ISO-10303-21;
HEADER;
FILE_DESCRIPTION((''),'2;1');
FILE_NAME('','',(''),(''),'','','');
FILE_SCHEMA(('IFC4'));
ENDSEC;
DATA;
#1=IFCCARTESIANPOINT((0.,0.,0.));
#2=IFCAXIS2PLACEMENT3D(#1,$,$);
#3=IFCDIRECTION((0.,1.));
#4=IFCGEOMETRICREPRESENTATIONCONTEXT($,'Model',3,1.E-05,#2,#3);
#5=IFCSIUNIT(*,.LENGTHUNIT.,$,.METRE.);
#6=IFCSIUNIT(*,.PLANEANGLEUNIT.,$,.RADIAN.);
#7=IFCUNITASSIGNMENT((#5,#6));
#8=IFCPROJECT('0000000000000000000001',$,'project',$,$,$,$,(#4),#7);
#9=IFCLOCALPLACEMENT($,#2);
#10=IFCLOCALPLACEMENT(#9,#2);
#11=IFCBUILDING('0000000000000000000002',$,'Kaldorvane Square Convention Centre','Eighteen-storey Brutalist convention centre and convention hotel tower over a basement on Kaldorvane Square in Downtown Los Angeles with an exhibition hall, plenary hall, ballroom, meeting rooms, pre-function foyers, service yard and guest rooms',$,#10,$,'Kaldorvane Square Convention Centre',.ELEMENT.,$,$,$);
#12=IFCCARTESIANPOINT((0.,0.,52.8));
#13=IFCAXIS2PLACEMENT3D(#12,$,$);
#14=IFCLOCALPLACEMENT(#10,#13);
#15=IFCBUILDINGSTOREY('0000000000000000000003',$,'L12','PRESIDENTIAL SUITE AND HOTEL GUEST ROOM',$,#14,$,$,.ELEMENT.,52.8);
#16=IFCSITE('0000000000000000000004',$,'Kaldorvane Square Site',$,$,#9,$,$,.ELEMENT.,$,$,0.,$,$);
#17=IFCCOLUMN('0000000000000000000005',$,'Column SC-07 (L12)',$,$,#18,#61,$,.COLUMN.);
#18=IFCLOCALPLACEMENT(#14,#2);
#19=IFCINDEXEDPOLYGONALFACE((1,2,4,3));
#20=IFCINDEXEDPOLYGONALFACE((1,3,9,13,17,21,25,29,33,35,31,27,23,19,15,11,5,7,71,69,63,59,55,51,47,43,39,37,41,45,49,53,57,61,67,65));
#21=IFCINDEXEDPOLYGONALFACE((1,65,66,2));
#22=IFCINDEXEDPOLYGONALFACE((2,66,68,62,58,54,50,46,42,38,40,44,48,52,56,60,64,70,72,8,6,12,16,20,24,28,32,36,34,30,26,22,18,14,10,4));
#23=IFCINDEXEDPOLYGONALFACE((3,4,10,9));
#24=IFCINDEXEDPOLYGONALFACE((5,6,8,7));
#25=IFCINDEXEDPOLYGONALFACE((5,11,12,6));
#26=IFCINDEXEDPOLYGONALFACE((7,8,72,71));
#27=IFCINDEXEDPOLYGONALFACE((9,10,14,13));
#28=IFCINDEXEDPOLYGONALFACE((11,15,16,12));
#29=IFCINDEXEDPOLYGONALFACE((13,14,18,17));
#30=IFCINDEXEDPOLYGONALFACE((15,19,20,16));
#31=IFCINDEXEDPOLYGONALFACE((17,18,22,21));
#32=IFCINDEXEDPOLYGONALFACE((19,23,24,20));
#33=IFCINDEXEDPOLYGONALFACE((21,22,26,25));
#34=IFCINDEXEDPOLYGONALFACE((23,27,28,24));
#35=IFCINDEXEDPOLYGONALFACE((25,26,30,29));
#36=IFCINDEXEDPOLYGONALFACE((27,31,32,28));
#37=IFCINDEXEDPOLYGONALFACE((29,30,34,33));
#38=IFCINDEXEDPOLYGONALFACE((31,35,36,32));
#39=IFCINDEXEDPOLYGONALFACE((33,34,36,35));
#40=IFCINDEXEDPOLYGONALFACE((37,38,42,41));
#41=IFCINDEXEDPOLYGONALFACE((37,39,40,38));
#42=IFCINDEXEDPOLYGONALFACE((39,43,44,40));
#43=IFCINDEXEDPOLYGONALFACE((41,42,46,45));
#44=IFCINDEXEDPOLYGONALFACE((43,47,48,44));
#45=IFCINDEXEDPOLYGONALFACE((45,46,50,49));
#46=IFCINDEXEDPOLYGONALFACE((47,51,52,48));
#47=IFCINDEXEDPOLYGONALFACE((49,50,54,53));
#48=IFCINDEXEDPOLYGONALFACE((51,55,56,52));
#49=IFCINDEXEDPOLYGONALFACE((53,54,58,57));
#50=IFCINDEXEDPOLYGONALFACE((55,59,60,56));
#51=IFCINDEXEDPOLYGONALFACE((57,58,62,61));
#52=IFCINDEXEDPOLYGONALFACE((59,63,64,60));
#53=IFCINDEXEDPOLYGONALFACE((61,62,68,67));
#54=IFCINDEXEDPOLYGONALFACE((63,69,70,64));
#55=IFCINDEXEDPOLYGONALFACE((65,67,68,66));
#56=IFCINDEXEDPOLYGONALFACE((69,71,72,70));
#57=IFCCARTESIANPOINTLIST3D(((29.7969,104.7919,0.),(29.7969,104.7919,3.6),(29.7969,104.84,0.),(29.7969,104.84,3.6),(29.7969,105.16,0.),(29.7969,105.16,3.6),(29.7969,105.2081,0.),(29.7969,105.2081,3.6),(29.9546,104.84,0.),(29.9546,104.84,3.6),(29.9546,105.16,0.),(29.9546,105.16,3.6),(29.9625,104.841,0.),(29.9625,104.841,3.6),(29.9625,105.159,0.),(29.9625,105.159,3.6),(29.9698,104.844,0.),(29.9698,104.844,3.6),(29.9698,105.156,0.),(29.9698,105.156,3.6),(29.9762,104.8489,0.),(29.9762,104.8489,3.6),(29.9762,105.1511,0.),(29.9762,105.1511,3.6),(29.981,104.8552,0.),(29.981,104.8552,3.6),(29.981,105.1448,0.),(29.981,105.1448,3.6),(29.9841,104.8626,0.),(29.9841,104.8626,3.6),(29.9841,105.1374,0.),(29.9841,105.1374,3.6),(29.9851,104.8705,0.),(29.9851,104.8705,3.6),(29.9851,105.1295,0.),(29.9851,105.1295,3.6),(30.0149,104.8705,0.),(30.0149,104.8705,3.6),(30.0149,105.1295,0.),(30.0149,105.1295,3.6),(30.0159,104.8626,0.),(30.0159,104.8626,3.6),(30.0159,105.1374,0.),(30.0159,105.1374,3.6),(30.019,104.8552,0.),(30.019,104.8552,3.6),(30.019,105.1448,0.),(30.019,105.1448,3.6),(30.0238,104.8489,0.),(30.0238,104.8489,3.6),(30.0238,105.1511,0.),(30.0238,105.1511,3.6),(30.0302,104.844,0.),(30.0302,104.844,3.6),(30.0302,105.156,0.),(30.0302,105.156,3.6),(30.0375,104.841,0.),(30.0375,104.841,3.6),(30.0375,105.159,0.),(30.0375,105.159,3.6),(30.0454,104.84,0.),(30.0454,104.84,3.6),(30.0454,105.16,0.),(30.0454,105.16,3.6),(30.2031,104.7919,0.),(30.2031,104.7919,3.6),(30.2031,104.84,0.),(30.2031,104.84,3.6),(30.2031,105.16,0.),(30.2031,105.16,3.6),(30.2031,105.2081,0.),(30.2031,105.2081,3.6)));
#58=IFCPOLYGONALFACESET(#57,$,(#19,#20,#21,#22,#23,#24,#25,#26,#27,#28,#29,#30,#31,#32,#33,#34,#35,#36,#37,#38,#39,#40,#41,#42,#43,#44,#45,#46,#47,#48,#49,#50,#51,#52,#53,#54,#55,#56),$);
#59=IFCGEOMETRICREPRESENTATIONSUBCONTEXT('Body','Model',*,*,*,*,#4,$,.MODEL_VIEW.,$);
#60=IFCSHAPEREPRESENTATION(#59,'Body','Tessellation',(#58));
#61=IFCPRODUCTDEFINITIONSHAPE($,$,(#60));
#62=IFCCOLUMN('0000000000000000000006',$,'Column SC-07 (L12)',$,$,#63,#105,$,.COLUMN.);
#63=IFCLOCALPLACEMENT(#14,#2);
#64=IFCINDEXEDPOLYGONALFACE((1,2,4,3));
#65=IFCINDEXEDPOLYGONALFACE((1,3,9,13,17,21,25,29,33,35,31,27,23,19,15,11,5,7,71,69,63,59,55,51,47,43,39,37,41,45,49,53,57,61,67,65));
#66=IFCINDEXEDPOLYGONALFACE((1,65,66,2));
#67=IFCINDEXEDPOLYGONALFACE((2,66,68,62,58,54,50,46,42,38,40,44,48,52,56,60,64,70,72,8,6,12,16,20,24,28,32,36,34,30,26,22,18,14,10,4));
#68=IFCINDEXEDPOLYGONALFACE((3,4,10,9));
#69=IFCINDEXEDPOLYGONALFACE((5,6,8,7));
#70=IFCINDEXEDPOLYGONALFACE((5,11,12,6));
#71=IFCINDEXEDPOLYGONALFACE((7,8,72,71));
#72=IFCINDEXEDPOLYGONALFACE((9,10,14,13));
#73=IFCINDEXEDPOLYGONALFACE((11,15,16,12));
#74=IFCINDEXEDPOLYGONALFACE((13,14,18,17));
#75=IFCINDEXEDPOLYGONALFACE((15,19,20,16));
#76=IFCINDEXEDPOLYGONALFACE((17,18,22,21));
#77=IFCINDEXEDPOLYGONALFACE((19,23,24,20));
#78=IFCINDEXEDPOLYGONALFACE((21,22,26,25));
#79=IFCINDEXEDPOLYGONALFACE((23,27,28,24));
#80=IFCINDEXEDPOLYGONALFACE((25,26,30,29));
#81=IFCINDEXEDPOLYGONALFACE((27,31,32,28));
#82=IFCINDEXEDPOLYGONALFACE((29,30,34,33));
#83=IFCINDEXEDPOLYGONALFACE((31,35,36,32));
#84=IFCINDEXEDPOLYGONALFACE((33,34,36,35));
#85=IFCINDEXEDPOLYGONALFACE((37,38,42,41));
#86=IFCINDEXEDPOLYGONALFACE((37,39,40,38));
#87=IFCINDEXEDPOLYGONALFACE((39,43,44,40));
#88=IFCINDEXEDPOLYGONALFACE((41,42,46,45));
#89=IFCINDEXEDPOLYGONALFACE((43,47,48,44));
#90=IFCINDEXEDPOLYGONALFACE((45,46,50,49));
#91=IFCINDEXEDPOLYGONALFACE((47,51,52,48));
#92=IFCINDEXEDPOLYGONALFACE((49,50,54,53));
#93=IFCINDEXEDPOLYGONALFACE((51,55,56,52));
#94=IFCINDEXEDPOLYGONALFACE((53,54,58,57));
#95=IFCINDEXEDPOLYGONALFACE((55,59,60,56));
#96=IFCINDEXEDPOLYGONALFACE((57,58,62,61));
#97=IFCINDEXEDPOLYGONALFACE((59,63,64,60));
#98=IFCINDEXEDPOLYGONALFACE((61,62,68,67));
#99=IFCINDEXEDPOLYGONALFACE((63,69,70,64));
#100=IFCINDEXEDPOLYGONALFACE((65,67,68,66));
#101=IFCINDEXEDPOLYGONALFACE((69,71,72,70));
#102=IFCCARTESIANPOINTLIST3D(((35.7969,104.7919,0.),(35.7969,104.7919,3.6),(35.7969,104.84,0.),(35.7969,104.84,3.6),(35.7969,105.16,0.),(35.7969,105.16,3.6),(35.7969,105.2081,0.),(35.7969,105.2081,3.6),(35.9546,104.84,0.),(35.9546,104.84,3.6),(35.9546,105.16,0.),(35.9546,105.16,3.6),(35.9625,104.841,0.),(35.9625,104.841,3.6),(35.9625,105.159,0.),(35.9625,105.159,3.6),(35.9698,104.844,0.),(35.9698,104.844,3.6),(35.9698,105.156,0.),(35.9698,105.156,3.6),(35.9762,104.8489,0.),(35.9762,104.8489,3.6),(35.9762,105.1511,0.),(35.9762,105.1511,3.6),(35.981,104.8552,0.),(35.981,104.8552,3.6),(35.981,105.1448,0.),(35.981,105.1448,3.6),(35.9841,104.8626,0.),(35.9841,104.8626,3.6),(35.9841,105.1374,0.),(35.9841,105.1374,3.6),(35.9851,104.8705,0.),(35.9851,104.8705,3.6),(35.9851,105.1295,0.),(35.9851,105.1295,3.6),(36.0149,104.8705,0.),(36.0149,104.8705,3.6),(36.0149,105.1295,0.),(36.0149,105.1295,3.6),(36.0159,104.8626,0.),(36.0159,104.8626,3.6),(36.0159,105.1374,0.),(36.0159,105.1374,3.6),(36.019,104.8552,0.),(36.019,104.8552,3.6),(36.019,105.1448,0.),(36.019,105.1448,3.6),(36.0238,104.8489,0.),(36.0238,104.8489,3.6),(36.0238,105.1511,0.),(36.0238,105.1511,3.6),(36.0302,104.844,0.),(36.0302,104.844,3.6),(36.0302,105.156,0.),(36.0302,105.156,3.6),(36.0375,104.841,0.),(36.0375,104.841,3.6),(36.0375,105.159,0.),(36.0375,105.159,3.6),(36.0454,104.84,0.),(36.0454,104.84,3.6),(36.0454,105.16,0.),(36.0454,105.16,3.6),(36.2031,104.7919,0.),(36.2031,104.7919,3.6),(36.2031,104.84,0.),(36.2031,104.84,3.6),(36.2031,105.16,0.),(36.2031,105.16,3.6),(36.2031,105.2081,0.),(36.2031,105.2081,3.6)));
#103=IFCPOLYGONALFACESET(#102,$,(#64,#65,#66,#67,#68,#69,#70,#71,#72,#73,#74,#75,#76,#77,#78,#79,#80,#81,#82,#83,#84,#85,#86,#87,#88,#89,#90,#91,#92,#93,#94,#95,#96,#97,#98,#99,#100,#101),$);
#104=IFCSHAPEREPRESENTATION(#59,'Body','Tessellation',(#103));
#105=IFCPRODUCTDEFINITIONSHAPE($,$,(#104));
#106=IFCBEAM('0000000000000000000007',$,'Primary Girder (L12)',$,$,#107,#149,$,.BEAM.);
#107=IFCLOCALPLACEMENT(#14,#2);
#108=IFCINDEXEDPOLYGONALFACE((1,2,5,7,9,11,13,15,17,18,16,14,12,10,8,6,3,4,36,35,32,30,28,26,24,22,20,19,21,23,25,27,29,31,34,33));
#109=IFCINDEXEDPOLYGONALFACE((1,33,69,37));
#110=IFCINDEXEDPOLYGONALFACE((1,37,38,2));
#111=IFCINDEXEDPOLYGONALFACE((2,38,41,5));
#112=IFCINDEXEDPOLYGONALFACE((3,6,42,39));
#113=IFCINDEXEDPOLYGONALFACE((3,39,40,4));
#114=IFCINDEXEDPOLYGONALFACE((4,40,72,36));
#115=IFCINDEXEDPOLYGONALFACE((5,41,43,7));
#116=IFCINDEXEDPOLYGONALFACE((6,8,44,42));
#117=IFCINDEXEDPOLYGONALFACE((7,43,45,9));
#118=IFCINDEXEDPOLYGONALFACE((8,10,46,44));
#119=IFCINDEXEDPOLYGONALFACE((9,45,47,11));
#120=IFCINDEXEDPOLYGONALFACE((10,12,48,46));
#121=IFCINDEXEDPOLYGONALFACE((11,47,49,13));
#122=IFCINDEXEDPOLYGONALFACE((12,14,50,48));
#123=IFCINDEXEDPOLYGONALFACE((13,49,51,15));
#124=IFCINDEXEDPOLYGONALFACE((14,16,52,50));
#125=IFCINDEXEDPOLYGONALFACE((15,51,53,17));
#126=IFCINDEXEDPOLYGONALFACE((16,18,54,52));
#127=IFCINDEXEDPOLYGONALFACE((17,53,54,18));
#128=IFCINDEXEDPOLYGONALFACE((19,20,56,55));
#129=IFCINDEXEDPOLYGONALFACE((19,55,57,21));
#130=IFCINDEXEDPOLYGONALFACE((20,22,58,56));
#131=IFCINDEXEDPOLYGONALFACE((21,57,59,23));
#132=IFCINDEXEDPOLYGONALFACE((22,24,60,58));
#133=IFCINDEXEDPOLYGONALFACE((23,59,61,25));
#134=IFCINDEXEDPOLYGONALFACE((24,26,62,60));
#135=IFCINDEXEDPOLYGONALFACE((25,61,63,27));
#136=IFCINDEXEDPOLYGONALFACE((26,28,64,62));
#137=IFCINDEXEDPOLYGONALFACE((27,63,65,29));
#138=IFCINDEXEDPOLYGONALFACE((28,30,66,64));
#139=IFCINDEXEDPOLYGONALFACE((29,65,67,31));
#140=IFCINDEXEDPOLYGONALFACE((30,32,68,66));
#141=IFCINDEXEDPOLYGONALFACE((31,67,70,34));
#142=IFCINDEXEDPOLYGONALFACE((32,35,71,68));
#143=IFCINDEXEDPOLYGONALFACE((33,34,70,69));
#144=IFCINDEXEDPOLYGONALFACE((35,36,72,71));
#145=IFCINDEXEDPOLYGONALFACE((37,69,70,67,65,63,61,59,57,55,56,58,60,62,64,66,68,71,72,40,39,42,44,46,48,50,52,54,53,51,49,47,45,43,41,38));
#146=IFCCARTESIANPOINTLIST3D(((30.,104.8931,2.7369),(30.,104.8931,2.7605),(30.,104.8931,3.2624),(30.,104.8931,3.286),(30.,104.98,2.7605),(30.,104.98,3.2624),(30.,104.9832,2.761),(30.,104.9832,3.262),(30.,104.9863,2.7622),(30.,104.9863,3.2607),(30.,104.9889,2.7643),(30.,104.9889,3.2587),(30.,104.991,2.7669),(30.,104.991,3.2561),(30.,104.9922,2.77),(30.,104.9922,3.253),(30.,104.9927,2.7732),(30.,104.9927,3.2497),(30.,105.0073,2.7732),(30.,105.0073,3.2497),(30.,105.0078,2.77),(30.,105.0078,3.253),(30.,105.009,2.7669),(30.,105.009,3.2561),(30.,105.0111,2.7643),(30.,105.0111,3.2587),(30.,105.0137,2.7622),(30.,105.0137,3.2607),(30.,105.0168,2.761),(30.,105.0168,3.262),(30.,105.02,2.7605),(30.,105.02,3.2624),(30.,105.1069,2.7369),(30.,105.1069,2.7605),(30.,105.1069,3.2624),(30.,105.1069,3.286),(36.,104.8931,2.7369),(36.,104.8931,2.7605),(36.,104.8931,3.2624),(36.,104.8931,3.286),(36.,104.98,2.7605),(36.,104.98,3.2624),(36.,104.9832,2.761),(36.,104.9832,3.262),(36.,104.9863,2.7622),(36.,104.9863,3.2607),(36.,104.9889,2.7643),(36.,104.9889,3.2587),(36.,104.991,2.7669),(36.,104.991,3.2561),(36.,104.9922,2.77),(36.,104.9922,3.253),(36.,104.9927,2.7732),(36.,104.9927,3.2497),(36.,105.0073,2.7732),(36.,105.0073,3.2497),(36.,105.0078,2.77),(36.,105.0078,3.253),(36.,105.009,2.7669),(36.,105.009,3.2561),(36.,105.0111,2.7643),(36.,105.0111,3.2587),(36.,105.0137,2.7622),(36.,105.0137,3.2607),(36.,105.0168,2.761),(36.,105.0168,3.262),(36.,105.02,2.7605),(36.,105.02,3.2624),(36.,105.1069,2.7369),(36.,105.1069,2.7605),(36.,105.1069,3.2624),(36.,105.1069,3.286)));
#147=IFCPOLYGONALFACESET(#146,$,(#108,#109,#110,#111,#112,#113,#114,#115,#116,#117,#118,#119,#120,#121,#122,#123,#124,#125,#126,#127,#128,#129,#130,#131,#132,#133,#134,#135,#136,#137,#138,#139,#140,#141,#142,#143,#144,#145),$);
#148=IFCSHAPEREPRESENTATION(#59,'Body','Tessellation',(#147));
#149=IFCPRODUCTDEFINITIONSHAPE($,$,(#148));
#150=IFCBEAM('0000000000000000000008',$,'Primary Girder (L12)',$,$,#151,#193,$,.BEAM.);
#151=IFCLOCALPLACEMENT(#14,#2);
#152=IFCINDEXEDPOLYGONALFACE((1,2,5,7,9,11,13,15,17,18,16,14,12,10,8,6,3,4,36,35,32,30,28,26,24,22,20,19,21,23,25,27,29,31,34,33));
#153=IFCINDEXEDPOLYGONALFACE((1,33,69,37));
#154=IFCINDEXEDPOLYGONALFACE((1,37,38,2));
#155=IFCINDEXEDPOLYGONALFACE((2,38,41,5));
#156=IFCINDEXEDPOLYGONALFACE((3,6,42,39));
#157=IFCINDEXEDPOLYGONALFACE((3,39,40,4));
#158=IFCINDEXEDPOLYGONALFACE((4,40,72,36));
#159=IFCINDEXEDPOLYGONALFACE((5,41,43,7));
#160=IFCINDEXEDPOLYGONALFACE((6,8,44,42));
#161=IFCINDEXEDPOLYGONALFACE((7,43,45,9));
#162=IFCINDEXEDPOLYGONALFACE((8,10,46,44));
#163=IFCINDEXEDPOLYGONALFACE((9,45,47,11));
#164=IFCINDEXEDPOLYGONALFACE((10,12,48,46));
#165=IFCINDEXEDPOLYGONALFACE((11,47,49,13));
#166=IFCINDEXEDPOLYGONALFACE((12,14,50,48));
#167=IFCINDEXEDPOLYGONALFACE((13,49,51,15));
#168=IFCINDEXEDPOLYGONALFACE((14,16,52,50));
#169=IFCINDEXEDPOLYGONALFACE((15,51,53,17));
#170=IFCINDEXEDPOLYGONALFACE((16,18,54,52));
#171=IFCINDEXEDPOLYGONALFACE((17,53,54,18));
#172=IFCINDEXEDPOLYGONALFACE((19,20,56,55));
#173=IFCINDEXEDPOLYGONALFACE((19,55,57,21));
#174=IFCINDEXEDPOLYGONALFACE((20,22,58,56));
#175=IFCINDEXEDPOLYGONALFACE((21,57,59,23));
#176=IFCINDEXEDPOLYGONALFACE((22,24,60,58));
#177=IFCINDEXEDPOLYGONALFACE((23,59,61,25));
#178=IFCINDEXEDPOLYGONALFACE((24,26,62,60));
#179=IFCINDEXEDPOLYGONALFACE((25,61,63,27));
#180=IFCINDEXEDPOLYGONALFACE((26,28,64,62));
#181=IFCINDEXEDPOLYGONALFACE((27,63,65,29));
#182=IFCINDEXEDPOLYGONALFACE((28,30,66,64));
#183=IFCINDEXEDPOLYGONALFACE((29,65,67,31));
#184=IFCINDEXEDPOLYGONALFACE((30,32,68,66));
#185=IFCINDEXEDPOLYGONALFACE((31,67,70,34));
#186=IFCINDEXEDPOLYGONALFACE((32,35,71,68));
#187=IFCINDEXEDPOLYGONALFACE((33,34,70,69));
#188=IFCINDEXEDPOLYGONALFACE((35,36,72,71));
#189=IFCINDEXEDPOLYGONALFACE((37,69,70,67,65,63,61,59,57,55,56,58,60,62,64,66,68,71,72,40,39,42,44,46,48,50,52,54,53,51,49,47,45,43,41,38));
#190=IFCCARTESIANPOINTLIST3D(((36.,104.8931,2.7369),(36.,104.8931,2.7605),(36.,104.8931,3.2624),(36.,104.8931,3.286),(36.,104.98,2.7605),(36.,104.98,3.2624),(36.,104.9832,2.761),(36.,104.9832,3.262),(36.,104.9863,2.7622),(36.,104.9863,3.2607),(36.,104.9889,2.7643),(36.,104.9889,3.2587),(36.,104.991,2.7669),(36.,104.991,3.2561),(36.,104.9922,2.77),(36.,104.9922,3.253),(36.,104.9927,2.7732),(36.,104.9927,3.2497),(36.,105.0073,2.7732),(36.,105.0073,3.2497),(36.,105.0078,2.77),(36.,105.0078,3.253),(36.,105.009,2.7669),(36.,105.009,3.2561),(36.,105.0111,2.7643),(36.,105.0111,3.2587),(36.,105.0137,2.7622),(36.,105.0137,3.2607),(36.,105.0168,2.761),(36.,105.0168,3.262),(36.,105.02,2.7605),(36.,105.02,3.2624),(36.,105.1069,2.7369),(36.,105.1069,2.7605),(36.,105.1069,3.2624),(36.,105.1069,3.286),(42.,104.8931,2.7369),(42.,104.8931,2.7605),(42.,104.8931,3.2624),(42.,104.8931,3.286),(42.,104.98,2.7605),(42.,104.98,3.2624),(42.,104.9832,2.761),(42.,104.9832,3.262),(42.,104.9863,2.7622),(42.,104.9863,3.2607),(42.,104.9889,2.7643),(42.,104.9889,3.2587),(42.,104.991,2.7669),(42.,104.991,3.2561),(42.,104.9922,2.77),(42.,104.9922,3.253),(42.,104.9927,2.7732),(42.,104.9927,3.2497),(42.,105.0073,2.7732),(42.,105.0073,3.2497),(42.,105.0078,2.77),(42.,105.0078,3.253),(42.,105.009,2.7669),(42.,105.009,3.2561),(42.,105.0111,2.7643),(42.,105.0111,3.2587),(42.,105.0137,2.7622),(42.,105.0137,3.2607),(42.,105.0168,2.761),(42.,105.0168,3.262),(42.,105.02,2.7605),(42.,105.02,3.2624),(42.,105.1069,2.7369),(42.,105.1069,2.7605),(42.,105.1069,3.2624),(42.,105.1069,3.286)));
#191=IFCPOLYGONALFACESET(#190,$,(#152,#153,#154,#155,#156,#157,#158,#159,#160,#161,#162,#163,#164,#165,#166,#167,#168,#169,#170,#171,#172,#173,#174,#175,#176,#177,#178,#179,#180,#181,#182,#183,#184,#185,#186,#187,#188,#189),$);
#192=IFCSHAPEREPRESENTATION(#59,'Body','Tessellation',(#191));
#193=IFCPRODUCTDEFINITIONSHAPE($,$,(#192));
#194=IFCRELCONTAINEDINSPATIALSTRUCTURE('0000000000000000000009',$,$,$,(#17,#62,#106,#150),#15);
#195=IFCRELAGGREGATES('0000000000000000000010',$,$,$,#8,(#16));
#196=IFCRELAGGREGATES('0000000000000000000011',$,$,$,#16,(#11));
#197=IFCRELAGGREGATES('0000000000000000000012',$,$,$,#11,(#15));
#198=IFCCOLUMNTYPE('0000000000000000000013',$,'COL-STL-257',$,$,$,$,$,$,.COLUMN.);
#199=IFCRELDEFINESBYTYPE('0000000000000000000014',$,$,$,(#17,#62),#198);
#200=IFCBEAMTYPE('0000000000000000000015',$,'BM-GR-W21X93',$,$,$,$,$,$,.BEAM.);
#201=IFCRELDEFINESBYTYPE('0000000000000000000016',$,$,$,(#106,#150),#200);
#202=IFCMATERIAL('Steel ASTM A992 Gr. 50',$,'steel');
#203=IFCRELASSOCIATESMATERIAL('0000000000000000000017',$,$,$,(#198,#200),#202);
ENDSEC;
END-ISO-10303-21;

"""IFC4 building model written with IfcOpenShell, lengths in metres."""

from ifc_helpers import new_model, si_unit, direction, frame, origin, origin_2d, place, context, subcontext, project, spatial, i_section, extrude, material, material_profile, profile_set, type_object, element, save


model = new_model("IFC4")

# Units and contexts
model_context = context("Model", 3, precision=1e-05, world=origin(), true_north=direction((0.0, 1.0)))
body_context = subcontext(model_context, "Body", "Model", "MODEL_VIEW")
ifc_project = project(units=[si_unit("LENGTHUNIT", "METRE"), si_unit("PLANEANGLEUNIT", "RADIAN")], contexts=[model_context])

# Site, building, storey
site_placement = place(None, origin())
site = spatial("IfcSite", under=ifc_project, at=site_placement, Name="Kaldorvane Square Site", CompositionType="ELEMENT", RefElevation=0.0)
building_placement = place(site_placement, origin())
building = spatial("IfcBuilding", under=site, at=building_placement, Name="Kaldorvane Square Convention Centre", Description="Eighteen-storey Brutalist convention centre and convention hotel tower over a basement on Kaldorvane Square in Downtown Los Angeles with an exhibition hall, plenary hall, ballroom, meeting rooms, pre-function foyers, service yard and guest rooms", LongName="Kaldorvane Square Convention Centre", CompositionType="ELEMENT")
storey_placement = place(building_placement, frame((0.0, 0.0, 52.8)))
storey = spatial("IfcBuildingStorey", under=building, at=storey_placement, Name="L12", Description="PRESIDENTIAL SUITE AND HOTEL GUEST ROOM", CompositionType="ELEMENT", Elevation=52.8)

# Columns
ifc_material_1 = material(Name="Steel ASTM A992 Gr. 50", Category="steel")
ifc_material_profile_1 = material_profile(ifc_material_1, i_section(OverallWidth=0.4063, OverallDepth=0.4161, WebThickness=0.0298, FlangeThickness=0.048, FilletRadius=0.0305, at=origin_2d()), Name="W14X257")
ifc_profile_set_1 = profile_set([ifc_material_profile_1], Name="Steel ASTM A992 Gr. 50")
column_type = type_object("IfcColumnType", Name="COL-STL-257", PredefinedType="COLUMN", material=ifc_profile_set_1)
for number, where, z_axis, x_axis, name in (
    (1, (30.0, 105.0, 0.0), (0.0, 0.0, 1.0), (1.0, 0.0, 0.0), "Column SC-07 (L12)"),
    (2, (36.0, 105.0, 0.0), (0.0, 0.0, 1.0), (1.0, 0.0, 0.0), "Column SC-07 (L12)"),
):
    element("IfcColumn", number, at=place(storey_placement, frame(where, z_axis=z_axis, x_axis=x_axis)), inside=storey, type_object=column_type, Name=name, PredefinedType="COLUMN", context=body_context, shape_type="SweptSolid", body=[
        extrude(i_section(OverallWidth=0.4063, OverallDepth=0.4161, WebThickness=0.0298, FlangeThickness=0.048, FilletRadius=0.0305, at=origin_2d()), origin(), (0.0, 0.0, 1.0), 3.6),
    ])

# Beams
ifc_material_profile_2 = material_profile(ifc_material_1, i_section(OverallWidth=0.2139, OverallDepth=0.5491, WebThickness=0.0147, FlangeThickness=0.0236, FilletRadius=0.0127, at=origin_2d()), Name="W21X93")
ifc_profile_set_2 = profile_set([ifc_material_profile_2], Name="Steel ASTM A992 Gr. 50")
beam_type_1 = type_object("IfcBeamType", Name="BM-GR-W21X93", PredefinedType="BEAM", material=ifc_profile_set_2)
for number, where, z_axis, x_axis, name in (
    (3, (30.0, 105.0, 3.0115), (1.0, 0.0, 0.0), (0.0, 1.0, 0.0), "Primary Girder (L12)"),
    (4, (36.0, 105.0, 3.0115), (1.0, 0.0, 0.0), (0.0, 1.0, 0.0), "Primary Girder (L12)"),
):
    element("IfcBeam", number, at=place(storey_placement, frame(where, z_axis=z_axis, x_axis=x_axis)), inside=storey, type_object=beam_type_1, Name=name, PredefinedType="BEAM", context=body_context, shape_type="SweptSolid", body=[
        extrude(i_section(OverallWidth=0.2139, OverallDepth=0.5491, WebThickness=0.0147, FlangeThickness=0.0236, FilletRadius=0.0127, at=origin_2d()), origin(), (0.0, 0.0, 1.0), 6.0),
    ])

save(model, "model.ifc")
